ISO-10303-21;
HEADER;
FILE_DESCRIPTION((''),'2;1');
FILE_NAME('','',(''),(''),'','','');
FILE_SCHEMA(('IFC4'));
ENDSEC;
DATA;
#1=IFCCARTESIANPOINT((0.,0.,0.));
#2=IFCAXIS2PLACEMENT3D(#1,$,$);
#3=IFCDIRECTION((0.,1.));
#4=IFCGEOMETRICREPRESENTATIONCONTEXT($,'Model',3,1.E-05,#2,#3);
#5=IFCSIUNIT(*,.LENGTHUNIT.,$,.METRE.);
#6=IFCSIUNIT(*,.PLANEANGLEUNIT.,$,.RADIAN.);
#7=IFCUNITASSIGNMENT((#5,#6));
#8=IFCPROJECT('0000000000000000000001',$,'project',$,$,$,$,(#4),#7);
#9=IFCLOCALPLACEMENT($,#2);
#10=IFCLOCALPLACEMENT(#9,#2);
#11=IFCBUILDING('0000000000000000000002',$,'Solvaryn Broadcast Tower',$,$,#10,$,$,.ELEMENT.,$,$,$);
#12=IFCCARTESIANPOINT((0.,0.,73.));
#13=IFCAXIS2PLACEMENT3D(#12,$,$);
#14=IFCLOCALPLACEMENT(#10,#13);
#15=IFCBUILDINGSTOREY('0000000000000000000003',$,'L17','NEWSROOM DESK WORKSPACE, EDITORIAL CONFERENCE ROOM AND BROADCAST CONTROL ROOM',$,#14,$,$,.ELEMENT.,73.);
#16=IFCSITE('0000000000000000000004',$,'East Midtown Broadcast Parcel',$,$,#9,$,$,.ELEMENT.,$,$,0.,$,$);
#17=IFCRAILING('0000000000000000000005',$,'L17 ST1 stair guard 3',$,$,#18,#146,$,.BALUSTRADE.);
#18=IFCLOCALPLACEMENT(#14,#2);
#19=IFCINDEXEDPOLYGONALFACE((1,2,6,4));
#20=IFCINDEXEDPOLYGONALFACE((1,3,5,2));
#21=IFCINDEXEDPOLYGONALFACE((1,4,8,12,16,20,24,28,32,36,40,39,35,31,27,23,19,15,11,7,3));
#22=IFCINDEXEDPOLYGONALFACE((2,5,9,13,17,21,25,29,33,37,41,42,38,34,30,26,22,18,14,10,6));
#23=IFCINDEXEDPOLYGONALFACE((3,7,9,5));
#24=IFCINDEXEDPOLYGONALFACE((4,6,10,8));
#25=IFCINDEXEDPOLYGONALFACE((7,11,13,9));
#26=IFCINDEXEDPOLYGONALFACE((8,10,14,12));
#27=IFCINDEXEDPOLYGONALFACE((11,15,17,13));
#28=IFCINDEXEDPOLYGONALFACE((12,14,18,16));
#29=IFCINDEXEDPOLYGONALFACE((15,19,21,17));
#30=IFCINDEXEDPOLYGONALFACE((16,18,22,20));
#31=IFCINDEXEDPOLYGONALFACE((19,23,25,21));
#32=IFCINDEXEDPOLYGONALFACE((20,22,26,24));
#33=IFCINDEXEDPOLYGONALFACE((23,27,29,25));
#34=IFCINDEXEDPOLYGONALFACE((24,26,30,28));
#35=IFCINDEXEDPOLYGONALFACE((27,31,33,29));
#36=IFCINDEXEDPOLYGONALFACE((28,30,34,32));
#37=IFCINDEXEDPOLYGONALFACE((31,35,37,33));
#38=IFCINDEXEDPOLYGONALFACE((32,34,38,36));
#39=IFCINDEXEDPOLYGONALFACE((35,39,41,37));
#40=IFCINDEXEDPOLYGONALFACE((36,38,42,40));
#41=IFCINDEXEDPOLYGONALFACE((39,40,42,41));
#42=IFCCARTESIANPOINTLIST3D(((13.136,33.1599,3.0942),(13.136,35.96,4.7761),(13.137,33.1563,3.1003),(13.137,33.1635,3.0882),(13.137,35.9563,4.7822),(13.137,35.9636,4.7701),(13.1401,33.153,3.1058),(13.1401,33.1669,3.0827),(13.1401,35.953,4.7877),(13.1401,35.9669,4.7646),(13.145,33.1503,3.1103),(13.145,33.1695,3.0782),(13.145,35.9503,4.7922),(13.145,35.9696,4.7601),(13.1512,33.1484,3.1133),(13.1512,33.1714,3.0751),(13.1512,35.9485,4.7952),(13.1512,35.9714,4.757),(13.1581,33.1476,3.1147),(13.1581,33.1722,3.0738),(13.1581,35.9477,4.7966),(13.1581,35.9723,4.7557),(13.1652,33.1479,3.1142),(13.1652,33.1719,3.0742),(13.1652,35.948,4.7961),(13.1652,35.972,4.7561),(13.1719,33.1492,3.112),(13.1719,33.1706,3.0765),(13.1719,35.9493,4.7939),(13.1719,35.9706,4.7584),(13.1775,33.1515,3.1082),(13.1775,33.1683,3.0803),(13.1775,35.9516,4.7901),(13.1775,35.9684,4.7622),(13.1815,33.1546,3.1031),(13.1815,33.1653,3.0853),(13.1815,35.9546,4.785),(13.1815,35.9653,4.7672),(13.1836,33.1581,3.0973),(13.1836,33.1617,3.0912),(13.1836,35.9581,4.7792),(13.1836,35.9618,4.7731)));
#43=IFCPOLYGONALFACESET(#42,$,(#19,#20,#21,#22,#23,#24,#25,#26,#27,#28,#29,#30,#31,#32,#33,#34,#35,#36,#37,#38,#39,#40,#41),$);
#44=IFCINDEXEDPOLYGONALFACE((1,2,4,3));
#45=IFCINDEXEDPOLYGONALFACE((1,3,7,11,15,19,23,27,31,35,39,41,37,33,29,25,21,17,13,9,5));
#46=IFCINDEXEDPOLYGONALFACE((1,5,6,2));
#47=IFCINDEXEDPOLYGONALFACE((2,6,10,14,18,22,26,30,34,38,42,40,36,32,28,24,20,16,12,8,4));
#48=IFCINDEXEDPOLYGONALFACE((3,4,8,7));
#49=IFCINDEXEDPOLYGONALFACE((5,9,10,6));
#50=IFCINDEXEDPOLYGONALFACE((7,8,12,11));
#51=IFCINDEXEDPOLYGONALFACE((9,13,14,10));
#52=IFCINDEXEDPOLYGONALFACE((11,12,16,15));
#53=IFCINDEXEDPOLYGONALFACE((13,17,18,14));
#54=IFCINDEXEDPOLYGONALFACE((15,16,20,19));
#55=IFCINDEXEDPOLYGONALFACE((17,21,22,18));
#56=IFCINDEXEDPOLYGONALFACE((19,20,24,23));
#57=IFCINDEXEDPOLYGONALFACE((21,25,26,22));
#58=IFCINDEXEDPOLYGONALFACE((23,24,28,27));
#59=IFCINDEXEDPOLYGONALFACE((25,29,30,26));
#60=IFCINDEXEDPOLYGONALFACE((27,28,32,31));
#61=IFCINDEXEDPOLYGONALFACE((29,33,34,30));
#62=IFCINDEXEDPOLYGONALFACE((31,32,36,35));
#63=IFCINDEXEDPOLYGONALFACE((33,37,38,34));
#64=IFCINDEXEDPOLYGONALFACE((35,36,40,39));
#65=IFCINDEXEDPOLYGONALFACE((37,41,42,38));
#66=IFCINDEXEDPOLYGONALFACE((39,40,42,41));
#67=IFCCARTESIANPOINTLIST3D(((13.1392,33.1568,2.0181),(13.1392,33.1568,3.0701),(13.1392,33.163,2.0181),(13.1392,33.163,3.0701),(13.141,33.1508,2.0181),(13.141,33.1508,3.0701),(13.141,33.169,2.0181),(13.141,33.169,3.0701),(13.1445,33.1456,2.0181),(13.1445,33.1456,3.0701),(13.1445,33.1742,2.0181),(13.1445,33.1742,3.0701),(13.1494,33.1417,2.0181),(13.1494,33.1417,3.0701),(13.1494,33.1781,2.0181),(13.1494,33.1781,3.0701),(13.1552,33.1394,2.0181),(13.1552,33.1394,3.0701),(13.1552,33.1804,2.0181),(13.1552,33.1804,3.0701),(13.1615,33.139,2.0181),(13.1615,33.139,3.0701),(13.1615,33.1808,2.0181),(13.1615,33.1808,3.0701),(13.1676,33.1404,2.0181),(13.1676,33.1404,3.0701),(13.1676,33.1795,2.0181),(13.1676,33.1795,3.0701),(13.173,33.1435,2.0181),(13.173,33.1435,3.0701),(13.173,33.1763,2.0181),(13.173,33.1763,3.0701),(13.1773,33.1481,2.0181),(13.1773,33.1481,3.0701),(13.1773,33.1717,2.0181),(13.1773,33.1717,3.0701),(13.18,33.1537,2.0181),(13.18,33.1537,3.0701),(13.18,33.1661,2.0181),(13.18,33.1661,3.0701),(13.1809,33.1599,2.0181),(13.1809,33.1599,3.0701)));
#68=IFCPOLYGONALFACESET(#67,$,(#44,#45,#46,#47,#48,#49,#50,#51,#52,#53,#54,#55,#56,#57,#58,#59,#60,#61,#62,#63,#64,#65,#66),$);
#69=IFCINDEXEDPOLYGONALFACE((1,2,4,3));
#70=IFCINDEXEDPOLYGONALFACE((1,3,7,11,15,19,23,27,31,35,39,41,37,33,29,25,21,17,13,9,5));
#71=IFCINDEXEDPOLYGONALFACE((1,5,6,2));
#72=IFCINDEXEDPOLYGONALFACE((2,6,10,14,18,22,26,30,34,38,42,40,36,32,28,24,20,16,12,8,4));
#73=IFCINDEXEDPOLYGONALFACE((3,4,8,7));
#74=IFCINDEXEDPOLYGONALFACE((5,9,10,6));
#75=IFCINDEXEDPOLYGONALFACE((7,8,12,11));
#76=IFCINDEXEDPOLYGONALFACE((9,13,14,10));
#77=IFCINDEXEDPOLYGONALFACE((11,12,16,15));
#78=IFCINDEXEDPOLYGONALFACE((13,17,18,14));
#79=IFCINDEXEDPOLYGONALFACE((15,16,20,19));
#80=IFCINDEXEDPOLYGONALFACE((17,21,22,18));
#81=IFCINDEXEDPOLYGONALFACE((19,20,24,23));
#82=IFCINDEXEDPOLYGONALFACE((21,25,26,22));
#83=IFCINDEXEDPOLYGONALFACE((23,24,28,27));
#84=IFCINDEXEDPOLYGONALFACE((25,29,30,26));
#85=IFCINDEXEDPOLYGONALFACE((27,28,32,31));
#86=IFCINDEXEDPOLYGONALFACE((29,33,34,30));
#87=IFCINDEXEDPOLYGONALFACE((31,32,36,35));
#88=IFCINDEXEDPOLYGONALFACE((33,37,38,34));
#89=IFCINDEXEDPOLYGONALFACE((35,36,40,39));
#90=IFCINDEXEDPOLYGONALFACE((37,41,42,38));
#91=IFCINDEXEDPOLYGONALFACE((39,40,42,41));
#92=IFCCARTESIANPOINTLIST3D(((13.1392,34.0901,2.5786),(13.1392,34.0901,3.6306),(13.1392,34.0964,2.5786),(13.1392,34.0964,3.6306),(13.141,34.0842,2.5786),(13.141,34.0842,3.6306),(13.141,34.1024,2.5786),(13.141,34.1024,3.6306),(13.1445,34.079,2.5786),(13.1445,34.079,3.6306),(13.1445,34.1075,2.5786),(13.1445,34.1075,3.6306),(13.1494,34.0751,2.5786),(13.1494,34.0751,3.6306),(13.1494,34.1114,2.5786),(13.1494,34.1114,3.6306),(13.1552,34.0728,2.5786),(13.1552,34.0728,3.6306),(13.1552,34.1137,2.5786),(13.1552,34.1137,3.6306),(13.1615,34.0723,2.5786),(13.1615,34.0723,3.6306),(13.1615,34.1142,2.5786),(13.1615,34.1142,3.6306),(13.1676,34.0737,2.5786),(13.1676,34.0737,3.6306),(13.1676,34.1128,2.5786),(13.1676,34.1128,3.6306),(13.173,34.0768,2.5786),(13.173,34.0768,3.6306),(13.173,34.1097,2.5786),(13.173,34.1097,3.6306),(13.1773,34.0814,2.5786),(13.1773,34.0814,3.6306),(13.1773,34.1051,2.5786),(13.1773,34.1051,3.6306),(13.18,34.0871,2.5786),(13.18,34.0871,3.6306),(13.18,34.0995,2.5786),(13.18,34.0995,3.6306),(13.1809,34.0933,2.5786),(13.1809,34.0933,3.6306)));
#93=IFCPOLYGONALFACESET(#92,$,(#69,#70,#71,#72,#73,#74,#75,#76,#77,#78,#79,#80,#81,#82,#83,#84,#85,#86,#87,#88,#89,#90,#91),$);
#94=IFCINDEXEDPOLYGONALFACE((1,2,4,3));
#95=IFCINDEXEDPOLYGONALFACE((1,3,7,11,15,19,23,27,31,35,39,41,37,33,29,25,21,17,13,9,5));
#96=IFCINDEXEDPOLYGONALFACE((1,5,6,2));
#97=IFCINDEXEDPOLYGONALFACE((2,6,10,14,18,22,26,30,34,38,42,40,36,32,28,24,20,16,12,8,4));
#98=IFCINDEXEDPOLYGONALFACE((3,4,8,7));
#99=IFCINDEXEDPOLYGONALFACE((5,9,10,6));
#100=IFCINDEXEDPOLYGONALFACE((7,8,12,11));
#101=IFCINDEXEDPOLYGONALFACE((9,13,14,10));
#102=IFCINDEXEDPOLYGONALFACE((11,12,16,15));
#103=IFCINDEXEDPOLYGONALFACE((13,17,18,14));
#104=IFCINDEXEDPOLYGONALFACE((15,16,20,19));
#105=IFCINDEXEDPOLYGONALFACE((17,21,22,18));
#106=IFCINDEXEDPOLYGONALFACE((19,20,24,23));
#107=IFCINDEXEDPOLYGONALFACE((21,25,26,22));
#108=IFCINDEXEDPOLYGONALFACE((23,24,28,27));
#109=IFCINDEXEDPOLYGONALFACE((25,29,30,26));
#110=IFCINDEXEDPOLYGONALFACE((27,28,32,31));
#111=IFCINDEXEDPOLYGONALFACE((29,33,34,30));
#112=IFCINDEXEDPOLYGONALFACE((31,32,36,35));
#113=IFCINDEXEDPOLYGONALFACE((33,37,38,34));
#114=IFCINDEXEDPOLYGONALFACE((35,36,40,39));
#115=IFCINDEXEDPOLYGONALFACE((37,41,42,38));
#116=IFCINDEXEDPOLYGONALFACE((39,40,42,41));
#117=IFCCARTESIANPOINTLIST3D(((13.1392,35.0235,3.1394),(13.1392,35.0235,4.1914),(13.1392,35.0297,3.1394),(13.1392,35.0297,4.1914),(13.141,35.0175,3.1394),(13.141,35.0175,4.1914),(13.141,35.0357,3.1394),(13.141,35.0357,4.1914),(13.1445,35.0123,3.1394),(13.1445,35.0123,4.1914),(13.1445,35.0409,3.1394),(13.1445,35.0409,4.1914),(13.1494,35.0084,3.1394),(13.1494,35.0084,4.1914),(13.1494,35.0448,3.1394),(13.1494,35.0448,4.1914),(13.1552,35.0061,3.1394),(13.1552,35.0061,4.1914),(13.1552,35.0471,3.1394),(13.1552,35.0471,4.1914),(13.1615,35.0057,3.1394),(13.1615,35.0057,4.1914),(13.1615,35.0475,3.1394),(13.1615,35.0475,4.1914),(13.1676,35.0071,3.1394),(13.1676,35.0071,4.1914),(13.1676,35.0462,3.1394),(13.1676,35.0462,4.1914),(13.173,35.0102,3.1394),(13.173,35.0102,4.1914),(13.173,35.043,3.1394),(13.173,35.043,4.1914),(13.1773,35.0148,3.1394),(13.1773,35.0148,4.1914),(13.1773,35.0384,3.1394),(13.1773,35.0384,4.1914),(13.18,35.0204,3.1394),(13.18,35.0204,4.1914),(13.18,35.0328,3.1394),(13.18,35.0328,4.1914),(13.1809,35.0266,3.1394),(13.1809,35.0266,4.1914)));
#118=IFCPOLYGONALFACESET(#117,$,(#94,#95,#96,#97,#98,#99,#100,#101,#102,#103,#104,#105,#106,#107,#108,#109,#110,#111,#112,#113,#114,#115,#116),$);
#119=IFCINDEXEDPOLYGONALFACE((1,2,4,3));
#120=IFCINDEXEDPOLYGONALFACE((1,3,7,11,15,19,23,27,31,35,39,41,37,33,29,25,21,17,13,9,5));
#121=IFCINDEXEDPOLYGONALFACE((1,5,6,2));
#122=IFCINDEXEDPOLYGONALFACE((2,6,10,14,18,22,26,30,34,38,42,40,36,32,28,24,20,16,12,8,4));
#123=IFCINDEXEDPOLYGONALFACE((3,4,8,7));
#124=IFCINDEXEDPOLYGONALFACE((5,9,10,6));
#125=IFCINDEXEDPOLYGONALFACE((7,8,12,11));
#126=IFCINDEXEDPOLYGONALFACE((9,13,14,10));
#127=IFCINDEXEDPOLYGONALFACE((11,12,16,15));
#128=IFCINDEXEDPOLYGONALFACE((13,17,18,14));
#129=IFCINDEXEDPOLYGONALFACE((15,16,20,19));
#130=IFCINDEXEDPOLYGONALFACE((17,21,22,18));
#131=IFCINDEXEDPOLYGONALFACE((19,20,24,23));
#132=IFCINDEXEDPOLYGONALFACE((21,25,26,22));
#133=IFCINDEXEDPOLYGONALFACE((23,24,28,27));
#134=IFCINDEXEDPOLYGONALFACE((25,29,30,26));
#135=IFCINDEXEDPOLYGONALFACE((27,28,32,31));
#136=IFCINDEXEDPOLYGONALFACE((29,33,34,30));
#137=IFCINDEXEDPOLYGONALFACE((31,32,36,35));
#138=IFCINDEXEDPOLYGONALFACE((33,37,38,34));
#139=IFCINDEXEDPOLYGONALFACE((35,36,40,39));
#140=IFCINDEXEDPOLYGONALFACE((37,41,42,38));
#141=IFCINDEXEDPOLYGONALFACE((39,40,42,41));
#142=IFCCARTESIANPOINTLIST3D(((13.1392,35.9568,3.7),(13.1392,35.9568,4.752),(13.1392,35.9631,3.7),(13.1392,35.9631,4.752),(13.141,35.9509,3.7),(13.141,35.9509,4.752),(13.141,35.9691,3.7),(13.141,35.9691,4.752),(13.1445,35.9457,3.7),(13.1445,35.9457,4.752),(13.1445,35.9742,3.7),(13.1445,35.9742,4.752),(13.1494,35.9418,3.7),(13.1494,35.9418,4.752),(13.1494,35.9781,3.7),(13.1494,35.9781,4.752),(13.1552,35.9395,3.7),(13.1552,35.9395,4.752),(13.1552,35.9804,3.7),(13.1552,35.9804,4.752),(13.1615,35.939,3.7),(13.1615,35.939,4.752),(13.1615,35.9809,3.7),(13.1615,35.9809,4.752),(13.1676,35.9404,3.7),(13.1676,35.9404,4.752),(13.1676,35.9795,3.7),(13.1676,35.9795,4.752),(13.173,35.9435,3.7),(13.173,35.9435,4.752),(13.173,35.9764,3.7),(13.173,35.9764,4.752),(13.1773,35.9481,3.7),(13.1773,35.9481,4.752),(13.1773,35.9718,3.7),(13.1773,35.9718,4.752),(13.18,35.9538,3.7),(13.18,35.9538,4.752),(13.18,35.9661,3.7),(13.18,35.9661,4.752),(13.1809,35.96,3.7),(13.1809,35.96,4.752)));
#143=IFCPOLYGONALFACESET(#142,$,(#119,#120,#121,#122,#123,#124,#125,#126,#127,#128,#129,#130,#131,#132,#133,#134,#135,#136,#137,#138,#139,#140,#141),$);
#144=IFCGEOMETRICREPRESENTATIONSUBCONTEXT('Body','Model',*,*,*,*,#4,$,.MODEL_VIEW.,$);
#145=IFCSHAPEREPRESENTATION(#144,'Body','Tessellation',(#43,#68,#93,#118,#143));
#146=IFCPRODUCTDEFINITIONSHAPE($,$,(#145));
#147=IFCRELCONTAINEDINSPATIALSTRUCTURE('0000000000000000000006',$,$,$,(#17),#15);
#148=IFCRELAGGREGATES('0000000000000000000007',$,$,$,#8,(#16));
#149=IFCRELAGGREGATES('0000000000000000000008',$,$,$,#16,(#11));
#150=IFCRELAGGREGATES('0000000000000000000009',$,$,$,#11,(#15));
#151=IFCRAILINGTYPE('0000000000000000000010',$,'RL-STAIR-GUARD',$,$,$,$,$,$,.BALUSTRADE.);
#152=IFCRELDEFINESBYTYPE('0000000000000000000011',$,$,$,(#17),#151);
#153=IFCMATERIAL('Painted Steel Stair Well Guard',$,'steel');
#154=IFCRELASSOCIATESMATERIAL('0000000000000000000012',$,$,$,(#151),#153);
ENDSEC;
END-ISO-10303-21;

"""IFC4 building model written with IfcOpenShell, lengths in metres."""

from ifc_helpers import new_model, si_unit, direction, frame, origin, origin_2d, place, context, subcontext, project, spatial, circle, extrude, material, type_object, element, save


model = new_model("IFC4")

# Units and contexts
model_context = context("Model", 3, precision=1e-05, world=origin(), true_north=direction((0.0, 1.0)))
body_context = subcontext(model_context, "Body", "Model", "MODEL_VIEW")
ifc_project = project(units=[si_unit("LENGTHUNIT", "METRE"), si_unit("PLANEANGLEUNIT", "RADIAN")], contexts=[model_context])

# Site, building, storey
site_placement = place(None, origin())
site = spatial("IfcSite", under=ifc_project, at=site_placement, Name="East Midtown Broadcast Parcel", CompositionType="ELEMENT", RefElevation=0.0)
building_placement = place(site_placement, origin())
building = spatial("IfcBuilding", under=site, at=building_placement, Name="Solvaryn Broadcast Tower", CompositionType="ELEMENT")
storey_placement = place(building_placement, frame((0.0, 0.0, 73.0)))
storey = spatial("IfcBuildingStorey", under=building, at=storey_placement, Name="L17", Description="NEWSROOM DESK WORKSPACE, EDITORIAL CONFERENCE ROOM AND BROADCAST CONTROL ROOM", CompositionType="ELEMENT", Elevation=73.0)

# Railing
ifc_material_1 = material(Name="Painted Steel Stair Well Guard", Category="steel")
railing_type_1 = type_object("IfcRailingType", Name="RL-STAIR-GUARD", PredefinedType="BALUSTRADE", material=ifc_material_1)
railing_1_placement = place(storey_placement, frame((13.1599, 33.1599, 2.0181)))
element("IfcRailing", 1, at=railing_1_placement, inside=storey, type_object=railing_type_1, Name="L17 ST1 stair guard 3", PredefinedType="BALUSTRADE", context=body_context, shape_type="SweptSolid", body=[
    extrude(circle(Radius=0.0239, at=origin_2d()), frame((0.0, 0.0, 1.0762), z_axis=(0.0, 0.857242, 0.514913), x_axis=(-1.0, 0.0, 0.0)), (0.0, 0.0, 1.0), 3.2664),
    extrude(circle(Radius=0.021, at=origin_2d()), origin(), (0.0, 0.0, 1.0), 1.052),
    extrude(circle(Radius=0.021, at=origin_2d()), frame((0.0, 0.9333, 0.5605)), (0.0, 0.0, 1.0), 1.052),
    extrude(circle(Radius=0.021, at=origin_2d()), frame((0.0, 1.8667, 1.1213)), (0.0, 0.0, 1.0), 1.052),
    extrude(circle(Radius=0.021, at=origin_2d()), frame((0.0, 2.8, 1.6819)), (0.0, 0.0, 1.0), 1.052),
])

save(model, "model.ifc")
